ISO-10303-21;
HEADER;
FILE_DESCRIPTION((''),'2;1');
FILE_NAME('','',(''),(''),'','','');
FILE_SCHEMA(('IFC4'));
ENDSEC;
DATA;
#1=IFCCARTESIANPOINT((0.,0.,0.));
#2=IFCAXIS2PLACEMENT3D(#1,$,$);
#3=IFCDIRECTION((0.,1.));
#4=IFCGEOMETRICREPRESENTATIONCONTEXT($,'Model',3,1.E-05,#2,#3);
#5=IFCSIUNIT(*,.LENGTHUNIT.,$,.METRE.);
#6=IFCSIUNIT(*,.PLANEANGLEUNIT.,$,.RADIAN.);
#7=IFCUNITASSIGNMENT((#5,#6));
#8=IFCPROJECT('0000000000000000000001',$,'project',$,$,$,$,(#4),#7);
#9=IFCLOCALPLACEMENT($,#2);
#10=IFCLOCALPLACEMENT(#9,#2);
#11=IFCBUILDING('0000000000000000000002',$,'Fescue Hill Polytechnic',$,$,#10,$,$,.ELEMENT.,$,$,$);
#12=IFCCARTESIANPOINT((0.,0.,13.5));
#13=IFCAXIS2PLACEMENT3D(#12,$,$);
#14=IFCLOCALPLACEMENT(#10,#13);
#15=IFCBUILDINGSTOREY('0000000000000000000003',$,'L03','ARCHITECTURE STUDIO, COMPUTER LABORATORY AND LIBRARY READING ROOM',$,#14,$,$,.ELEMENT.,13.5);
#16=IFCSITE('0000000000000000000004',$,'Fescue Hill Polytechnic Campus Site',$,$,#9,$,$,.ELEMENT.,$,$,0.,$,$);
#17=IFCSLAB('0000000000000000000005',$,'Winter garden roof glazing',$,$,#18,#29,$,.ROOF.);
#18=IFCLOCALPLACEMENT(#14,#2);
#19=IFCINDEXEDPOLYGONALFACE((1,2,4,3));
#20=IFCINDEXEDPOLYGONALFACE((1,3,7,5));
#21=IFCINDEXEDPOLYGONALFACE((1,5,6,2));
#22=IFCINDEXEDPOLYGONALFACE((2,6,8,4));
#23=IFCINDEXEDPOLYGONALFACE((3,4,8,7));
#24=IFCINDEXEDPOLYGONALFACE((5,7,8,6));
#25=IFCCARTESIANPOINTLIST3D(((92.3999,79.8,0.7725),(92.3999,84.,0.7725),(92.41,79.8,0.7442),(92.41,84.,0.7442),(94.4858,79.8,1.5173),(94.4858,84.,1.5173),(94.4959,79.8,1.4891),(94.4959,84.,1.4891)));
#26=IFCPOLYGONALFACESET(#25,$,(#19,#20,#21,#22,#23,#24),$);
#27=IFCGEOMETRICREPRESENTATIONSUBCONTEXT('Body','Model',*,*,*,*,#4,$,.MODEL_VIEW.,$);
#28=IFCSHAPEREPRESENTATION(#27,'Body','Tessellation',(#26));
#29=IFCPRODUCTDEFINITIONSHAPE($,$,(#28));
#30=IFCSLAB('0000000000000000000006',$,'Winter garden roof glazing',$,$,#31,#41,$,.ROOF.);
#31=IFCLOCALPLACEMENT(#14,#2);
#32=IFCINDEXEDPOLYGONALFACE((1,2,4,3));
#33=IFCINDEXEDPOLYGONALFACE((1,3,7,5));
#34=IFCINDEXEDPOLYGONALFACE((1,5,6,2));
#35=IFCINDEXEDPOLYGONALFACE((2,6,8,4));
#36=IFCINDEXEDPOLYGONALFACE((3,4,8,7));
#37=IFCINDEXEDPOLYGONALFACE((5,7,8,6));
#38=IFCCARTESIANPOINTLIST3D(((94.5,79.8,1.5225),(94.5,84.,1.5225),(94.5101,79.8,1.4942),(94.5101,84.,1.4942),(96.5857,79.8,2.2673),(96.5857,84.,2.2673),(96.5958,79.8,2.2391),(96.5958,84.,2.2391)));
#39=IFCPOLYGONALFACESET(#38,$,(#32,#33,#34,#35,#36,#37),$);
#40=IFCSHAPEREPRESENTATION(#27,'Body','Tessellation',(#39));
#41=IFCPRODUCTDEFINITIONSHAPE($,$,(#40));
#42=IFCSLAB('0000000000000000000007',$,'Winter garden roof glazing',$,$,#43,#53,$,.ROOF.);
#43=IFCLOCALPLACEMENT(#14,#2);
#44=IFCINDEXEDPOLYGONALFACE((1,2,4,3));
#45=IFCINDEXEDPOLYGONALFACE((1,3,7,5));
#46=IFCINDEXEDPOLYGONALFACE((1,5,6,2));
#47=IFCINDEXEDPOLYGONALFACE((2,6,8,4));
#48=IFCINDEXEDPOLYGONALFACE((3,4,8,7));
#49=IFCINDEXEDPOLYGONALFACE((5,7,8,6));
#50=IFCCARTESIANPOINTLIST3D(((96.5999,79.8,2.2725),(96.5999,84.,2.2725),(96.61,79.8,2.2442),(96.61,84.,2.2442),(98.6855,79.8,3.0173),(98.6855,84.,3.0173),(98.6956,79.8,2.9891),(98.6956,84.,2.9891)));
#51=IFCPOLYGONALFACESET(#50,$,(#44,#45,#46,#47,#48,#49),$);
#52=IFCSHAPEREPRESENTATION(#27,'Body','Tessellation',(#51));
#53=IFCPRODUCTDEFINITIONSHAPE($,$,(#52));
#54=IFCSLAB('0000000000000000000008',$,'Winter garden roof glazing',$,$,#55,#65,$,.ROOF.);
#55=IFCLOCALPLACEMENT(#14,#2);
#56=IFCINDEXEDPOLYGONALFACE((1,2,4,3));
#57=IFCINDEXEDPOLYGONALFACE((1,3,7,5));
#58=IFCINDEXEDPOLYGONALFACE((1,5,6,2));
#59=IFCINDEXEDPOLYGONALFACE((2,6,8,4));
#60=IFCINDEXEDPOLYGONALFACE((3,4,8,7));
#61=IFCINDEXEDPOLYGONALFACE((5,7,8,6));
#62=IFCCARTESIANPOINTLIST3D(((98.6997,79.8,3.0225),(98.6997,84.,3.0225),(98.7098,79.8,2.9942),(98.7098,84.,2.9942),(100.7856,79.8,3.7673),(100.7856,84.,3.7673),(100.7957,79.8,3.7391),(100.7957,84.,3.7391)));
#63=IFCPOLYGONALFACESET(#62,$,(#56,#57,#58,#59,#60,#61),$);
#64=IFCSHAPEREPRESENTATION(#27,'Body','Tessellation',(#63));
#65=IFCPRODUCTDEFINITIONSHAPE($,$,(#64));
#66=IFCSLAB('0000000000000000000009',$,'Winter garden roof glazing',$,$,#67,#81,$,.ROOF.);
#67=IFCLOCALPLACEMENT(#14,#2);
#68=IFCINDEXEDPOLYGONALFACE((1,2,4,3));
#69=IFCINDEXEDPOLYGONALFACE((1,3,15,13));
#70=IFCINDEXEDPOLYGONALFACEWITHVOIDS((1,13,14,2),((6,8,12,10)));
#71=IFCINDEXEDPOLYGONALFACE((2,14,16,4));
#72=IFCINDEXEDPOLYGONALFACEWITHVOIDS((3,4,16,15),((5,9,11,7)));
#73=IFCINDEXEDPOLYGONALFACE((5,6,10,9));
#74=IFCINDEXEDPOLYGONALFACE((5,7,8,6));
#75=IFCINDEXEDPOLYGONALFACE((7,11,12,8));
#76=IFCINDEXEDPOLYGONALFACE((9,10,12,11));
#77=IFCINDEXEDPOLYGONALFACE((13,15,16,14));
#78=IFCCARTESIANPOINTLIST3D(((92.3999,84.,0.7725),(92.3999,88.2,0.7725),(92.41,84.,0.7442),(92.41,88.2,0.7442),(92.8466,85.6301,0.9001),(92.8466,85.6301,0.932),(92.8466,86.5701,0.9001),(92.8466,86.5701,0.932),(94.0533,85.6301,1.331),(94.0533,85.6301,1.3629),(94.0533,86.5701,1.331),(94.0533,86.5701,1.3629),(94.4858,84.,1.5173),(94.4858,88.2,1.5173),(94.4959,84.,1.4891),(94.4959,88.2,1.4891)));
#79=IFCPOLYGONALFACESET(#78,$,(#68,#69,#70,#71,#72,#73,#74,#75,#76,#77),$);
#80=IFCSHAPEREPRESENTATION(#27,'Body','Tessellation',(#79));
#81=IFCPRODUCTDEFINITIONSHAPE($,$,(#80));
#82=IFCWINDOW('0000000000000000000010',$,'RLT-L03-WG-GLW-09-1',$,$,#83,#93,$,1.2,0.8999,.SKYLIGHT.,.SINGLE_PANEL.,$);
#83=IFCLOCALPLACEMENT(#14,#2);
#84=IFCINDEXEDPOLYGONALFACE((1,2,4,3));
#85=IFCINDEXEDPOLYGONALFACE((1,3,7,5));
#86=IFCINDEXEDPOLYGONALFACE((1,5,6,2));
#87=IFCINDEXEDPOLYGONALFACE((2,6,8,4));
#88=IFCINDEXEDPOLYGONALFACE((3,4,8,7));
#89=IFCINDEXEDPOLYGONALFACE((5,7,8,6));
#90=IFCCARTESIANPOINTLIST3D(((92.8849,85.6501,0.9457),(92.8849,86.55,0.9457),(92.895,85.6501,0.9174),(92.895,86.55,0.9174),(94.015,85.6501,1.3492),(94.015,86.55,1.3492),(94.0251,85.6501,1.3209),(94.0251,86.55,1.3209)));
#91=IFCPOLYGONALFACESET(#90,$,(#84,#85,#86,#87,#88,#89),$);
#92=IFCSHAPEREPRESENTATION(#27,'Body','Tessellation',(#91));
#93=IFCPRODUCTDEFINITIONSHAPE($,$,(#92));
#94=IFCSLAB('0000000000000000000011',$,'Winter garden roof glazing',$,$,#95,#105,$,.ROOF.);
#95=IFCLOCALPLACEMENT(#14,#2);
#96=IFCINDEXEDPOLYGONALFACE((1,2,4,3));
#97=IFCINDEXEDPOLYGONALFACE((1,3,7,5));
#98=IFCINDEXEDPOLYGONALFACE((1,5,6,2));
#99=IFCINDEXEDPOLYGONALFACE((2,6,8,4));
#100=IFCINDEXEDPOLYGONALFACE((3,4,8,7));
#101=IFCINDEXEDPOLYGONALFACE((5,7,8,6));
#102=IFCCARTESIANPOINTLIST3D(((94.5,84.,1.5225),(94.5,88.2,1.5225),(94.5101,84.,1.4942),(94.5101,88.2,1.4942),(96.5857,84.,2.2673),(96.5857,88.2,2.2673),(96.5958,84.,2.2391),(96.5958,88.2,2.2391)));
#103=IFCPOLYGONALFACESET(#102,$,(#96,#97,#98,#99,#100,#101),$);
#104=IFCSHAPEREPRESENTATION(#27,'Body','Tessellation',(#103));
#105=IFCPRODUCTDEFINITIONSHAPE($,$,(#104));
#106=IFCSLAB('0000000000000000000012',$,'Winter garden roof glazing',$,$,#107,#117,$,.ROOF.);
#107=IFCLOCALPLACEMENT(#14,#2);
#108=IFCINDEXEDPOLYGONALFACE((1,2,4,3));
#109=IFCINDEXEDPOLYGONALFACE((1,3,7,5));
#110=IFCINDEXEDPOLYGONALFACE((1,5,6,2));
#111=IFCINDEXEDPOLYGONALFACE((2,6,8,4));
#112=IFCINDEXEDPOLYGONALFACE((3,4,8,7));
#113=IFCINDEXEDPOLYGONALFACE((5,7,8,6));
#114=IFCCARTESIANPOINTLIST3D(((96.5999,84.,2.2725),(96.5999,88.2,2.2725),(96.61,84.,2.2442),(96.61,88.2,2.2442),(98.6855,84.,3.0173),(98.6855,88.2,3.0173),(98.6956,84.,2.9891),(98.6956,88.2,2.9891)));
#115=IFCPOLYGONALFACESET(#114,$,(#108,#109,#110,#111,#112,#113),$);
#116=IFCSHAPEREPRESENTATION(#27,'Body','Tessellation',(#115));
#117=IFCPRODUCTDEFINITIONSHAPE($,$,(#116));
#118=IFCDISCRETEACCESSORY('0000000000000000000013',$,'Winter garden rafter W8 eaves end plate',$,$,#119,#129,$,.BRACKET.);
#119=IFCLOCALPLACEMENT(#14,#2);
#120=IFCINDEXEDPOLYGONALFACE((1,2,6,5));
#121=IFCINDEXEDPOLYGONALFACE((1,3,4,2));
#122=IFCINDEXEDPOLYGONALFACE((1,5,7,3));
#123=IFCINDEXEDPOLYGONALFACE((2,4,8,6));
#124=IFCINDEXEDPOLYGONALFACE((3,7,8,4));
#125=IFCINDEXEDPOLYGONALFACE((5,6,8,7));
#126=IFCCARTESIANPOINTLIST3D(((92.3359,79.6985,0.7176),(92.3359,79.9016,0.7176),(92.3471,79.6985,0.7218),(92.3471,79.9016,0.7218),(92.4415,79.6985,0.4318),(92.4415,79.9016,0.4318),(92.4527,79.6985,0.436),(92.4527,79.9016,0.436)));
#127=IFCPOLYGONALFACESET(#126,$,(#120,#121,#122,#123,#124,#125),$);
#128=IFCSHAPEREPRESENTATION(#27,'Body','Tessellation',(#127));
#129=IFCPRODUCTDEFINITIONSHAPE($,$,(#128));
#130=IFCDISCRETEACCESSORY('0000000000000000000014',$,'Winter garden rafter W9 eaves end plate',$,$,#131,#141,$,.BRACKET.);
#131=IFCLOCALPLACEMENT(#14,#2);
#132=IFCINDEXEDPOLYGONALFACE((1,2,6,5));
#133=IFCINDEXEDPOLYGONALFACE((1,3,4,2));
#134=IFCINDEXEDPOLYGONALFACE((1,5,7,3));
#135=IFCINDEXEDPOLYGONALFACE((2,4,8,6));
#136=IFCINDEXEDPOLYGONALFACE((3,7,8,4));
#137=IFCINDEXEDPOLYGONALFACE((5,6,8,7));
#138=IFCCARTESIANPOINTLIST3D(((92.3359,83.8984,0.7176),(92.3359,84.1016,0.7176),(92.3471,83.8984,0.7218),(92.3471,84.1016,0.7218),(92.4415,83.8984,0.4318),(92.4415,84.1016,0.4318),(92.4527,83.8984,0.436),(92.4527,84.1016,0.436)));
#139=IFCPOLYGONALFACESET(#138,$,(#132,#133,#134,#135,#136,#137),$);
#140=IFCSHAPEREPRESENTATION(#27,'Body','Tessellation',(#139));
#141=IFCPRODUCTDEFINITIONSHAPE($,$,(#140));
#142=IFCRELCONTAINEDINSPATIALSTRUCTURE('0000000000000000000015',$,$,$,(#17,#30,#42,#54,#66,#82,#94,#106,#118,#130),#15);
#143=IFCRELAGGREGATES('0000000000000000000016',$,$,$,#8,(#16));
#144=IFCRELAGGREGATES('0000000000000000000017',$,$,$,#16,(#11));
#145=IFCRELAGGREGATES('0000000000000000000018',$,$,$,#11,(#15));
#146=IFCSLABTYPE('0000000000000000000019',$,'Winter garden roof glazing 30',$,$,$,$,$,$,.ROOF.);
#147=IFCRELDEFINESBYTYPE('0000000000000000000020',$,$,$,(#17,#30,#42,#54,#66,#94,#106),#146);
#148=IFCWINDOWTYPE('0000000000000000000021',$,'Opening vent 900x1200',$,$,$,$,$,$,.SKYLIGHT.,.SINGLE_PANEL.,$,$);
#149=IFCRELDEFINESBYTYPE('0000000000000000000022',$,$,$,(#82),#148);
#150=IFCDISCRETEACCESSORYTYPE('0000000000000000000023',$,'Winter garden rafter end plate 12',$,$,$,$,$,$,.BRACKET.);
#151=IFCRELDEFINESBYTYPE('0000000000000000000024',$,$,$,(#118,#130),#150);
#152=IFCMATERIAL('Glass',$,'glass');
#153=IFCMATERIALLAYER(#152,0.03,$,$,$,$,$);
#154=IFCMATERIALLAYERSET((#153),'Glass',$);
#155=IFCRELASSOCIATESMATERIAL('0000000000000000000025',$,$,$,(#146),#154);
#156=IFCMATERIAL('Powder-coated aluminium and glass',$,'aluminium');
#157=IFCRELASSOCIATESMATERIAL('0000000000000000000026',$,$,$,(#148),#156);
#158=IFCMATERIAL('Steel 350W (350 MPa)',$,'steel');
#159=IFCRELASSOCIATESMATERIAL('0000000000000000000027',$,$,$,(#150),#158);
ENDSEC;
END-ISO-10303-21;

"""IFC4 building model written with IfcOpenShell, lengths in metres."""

from ifc_helpers import new_model, si_unit, direction, frame, origin, origin_2d, place, context, subcontext, project, spatial, polyline, rectangle, outline, extrude, material, layer, layer_set, material_profile, profile_set, type_object, element, fill, save


model = new_model("IFC4")

# Units and contexts
model_context = context("Model", 3, precision=1e-05, world=origin(), true_north=direction((0.0, 1.0)))
body_context = subcontext(model_context, "Body", "Model", "MODEL_VIEW")
ifc_project = project(units=[si_unit("LENGTHUNIT", "METRE"), si_unit("PLANEANGLEUNIT", "RADIAN")], contexts=[model_context])

# Site, building, storey
site_placement = place(None, origin())
site = spatial("IfcSite", under=ifc_project, at=site_placement, Name="Fescue Hill Polytechnic Campus Site", CompositionType="ELEMENT", RefElevation=0.0)
building_placement = place(site_placement, origin())
building = spatial("IfcBuilding", under=site, at=building_placement, Name="Fescue Hill Polytechnic", CompositionType="ELEMENT")
storey_placement = place(building_placement, frame((0.0, 0.0, 13.5)))
storey = spatial("IfcBuildingStorey", under=building, at=storey_placement, Name="L03", Description="ARCHITECTURE STUDIO, COMPUTER LABORATORY AND LIBRARY READING ROOM", CompositionType="ELEMENT", Elevation=13.5)

# Shared definitions
ifc_material_1 = material(Name="Steel 350W (350 MPa)", Category="steel")

# Slabs
ifc_material_2 = material(Name="Glass", Category="glass")
ifc_layer = layer(ifc_material_2, 0.03)
ifc_layer_set = layer_set([ifc_layer], Name="Glass")
slab_type = type_object("IfcSlabType", Name="Winter garden roof glazing 30", PredefinedType="ROOF", material=ifc_layer_set)
for number, where, z_axis, x_axis, name in (
    (1, (92.3999, 79.8, 0.7725), (-0.336295, 0.0, 0.941757), (0.0, 1.0, 0.0), "Winter garden roof glazing"),
):
    element("IfcSlab", number, at=place(storey_placement, frame(where, z_axis=z_axis, x_axis=x_axis)), inside=storey, type_object=slab_type, Name=name, PredefinedType="ROOF", context=body_context, shape_type="SweptSolid", body=[
        extrude(outline(polyline([(0.0, 0.0), (4.2, 0.0), (4.2, -2.2149), (0.0, -2.2149), (0.0, 0.0)])), origin(), (0.0, 0.0, -1.0), 0.03),
    ])
for number, where, z_axis, x_axis, name in (
    (2, (94.5, 79.8, 1.5225), (-0.336329, 0.0, 0.941744), (0.0, 1.0, 0.0), "Winter garden roof glazing"),
    (3, (96.5999, 79.8, 2.2725), (-0.336329, 0.0, 0.941744), (0.0, 1.0, 0.0), "Winter garden roof glazing"),
):
    element("IfcSlab", number, at=place(storey_placement, frame(where, z_axis=z_axis, x_axis=x_axis)), inside=storey, type_object=slab_type, Name=name, PredefinedType="ROOF", context=body_context, shape_type="SweptSolid", body=[
        extrude(outline(polyline([(0.0, 0.0), (4.2, 0.0), (4.2, -2.2147), (0.0, -2.2147), (0.0, 0.0)])), origin(), (0.0, 0.0, -1.0), 0.03),
    ])
slab_1_placement = place(storey_placement, frame((98.6997, 79.8, 3.0225), z_axis=(-0.336295, 0.0, 0.941757), x_axis=(0.0, 1.0, 0.0)))
element("IfcSlab", 4, at=slab_1_placement, inside=storey, type_object=slab_type, Name="Winter garden roof glazing", PredefinedType="ROOF", context=body_context, shape_type="SweptSolid", body=[
    extrude(outline(polyline([(0.0, 0.0), (4.2, 0.0), (4.2, -2.2149), (0.0, -2.2149), (0.0, 0.0)])), origin(), (0.0, 0.0, -1.0), 0.03),
])

# Slab, opening, window
slab_2_placement = place(storey_placement, frame((92.3999, 84.0, 0.7725), z_axis=(-0.336295, 0.0, 0.941757), x_axis=(0.0, 1.0, 0.0)))
slab_2 = element("IfcSlab", 5, at=slab_2_placement, inside=storey, type_object=slab_type, Name="Winter garden roof glazing", PredefinedType="ROOF", context=body_context, shape_type="SweptSolid", body=[
    extrude(outline(polyline([(0.0, 0.0), (4.2, 0.0), (4.2, -2.2149), (0.0, -2.2149), (0.0, 0.0)])), origin(), (0.0, 0.0, -1.0), 0.03),
])
opening_placement = place(storey_placement, frame((93.45, 86.1001, 0.8013)))
opening = element("IfcOpeningElement", 6, at=opening_placement, cuts=slab_2, PredefinedType="OPENING", context=body_context, shape_type="SweptSolid", body=[
    extrude(rectangle(XDim=1.2068, YDim=0.9399, at=origin_2d()), origin(), (0.0, 0.0, 1.0), 0.6604),
])
ifc_material_3 = material(Name="Powder-coated aluminium and glass", Category="aluminium")
window_type = type_object("IfcWindowType", Name="Opening vent 900x1200", PartitioningType="SINGLE_PANEL", PredefinedType="SKYLIGHT", material=ifc_material_3)
window_placement = place(storey_placement, frame((93.45, 86.1001, 1.1475), z_axis=(-0.336295, 0.0, 0.941757), x_axis=(0.0, 1.0, 0.0)))
window = element("IfcWindow", 7, at=window_placement, inside=storey, type_object=window_type, Name="RLT-L03-WG-GLW-09-1", OverallHeight=1.2, OverallWidth=0.8999, PartitioningType="SINGLE_PANEL", PredefinedType="SKYLIGHT", context=body_context, shape_type="SweptSolid", body=[
    extrude(rectangle(XDim=0.8999, YDim=1.2, at=origin_2d()), origin(), (0.0, 0.0, -1.0), 0.03),
])
fill(opening, window)

# Slabs
for number, where, z_axis, x_axis, name in (
    (8, (94.5, 84.0, 1.5225), (-0.336329, 0.0, 0.941744), (0.0, 1.0, 0.0), "Winter garden roof glazing"),
    (9, (96.5999, 84.0, 2.2725), (-0.336329, 0.0, 0.941744), (0.0, 1.0, 0.0), "Winter garden roof glazing"),
):
    element("IfcSlab", number, at=place(storey_placement, frame(where, z_axis=z_axis, x_axis=x_axis)), inside=storey, type_object=slab_type, Name=name, PredefinedType="ROOF", context=body_context, shape_type="SweptSolid", body=[
        extrude(outline(polyline([(0.0, 0.0), (4.2, 0.0), (4.2, -2.2147), (0.0, -2.2147), (0.0, 0.0)])), origin(), (0.0, 0.0, -1.0), 0.03),
    ])

# Discrete accessories
ifc_material_profile_1 = material_profile(ifc_material_1, rectangle(XDim=0.2031, YDim=0.3047, at=origin_2d()), Name="Winter garden rafter end plate 12")
ifc_profile_set_1 = profile_set([ifc_material_profile_1], Name="Steel 350W (350 MPa)")
discrete_accessory_type = type_object("IfcDiscreteAccessoryType", Name="Winter garden rafter end plate 12", PredefinedType="BRACKET", material=ifc_profile_set_1)
for number, where, z_axis, x_axis, name in (
    (10, (92.3887, 79.8, 0.5747), (0.937994, 0.0, 0.34665), (0.0, 1.0, 0.0), "Winter garden rafter W8 eaves end plate"),
    (11, (92.3887, 84.0, 0.5747), (0.937994, 0.0, 0.34665), (0.0, 1.0, 0.0), "Winter garden rafter W9 eaves end plate"),
):
    element("IfcDiscreteAccessory", number, at=place(storey_placement, frame(where, z_axis=z_axis, x_axis=x_axis)), inside=storey, type_object=discrete_accessory_type, Name=name, PredefinedType="BRACKET", context=body_context, shape_type="SweptSolid", body=[
        extrude(rectangle(XDim=0.2031, YDim=0.3047, at=origin_2d()), origin(), (0.0, 0.0, 1.0), 0.012),
    ])

save(model, "model.ifc")
